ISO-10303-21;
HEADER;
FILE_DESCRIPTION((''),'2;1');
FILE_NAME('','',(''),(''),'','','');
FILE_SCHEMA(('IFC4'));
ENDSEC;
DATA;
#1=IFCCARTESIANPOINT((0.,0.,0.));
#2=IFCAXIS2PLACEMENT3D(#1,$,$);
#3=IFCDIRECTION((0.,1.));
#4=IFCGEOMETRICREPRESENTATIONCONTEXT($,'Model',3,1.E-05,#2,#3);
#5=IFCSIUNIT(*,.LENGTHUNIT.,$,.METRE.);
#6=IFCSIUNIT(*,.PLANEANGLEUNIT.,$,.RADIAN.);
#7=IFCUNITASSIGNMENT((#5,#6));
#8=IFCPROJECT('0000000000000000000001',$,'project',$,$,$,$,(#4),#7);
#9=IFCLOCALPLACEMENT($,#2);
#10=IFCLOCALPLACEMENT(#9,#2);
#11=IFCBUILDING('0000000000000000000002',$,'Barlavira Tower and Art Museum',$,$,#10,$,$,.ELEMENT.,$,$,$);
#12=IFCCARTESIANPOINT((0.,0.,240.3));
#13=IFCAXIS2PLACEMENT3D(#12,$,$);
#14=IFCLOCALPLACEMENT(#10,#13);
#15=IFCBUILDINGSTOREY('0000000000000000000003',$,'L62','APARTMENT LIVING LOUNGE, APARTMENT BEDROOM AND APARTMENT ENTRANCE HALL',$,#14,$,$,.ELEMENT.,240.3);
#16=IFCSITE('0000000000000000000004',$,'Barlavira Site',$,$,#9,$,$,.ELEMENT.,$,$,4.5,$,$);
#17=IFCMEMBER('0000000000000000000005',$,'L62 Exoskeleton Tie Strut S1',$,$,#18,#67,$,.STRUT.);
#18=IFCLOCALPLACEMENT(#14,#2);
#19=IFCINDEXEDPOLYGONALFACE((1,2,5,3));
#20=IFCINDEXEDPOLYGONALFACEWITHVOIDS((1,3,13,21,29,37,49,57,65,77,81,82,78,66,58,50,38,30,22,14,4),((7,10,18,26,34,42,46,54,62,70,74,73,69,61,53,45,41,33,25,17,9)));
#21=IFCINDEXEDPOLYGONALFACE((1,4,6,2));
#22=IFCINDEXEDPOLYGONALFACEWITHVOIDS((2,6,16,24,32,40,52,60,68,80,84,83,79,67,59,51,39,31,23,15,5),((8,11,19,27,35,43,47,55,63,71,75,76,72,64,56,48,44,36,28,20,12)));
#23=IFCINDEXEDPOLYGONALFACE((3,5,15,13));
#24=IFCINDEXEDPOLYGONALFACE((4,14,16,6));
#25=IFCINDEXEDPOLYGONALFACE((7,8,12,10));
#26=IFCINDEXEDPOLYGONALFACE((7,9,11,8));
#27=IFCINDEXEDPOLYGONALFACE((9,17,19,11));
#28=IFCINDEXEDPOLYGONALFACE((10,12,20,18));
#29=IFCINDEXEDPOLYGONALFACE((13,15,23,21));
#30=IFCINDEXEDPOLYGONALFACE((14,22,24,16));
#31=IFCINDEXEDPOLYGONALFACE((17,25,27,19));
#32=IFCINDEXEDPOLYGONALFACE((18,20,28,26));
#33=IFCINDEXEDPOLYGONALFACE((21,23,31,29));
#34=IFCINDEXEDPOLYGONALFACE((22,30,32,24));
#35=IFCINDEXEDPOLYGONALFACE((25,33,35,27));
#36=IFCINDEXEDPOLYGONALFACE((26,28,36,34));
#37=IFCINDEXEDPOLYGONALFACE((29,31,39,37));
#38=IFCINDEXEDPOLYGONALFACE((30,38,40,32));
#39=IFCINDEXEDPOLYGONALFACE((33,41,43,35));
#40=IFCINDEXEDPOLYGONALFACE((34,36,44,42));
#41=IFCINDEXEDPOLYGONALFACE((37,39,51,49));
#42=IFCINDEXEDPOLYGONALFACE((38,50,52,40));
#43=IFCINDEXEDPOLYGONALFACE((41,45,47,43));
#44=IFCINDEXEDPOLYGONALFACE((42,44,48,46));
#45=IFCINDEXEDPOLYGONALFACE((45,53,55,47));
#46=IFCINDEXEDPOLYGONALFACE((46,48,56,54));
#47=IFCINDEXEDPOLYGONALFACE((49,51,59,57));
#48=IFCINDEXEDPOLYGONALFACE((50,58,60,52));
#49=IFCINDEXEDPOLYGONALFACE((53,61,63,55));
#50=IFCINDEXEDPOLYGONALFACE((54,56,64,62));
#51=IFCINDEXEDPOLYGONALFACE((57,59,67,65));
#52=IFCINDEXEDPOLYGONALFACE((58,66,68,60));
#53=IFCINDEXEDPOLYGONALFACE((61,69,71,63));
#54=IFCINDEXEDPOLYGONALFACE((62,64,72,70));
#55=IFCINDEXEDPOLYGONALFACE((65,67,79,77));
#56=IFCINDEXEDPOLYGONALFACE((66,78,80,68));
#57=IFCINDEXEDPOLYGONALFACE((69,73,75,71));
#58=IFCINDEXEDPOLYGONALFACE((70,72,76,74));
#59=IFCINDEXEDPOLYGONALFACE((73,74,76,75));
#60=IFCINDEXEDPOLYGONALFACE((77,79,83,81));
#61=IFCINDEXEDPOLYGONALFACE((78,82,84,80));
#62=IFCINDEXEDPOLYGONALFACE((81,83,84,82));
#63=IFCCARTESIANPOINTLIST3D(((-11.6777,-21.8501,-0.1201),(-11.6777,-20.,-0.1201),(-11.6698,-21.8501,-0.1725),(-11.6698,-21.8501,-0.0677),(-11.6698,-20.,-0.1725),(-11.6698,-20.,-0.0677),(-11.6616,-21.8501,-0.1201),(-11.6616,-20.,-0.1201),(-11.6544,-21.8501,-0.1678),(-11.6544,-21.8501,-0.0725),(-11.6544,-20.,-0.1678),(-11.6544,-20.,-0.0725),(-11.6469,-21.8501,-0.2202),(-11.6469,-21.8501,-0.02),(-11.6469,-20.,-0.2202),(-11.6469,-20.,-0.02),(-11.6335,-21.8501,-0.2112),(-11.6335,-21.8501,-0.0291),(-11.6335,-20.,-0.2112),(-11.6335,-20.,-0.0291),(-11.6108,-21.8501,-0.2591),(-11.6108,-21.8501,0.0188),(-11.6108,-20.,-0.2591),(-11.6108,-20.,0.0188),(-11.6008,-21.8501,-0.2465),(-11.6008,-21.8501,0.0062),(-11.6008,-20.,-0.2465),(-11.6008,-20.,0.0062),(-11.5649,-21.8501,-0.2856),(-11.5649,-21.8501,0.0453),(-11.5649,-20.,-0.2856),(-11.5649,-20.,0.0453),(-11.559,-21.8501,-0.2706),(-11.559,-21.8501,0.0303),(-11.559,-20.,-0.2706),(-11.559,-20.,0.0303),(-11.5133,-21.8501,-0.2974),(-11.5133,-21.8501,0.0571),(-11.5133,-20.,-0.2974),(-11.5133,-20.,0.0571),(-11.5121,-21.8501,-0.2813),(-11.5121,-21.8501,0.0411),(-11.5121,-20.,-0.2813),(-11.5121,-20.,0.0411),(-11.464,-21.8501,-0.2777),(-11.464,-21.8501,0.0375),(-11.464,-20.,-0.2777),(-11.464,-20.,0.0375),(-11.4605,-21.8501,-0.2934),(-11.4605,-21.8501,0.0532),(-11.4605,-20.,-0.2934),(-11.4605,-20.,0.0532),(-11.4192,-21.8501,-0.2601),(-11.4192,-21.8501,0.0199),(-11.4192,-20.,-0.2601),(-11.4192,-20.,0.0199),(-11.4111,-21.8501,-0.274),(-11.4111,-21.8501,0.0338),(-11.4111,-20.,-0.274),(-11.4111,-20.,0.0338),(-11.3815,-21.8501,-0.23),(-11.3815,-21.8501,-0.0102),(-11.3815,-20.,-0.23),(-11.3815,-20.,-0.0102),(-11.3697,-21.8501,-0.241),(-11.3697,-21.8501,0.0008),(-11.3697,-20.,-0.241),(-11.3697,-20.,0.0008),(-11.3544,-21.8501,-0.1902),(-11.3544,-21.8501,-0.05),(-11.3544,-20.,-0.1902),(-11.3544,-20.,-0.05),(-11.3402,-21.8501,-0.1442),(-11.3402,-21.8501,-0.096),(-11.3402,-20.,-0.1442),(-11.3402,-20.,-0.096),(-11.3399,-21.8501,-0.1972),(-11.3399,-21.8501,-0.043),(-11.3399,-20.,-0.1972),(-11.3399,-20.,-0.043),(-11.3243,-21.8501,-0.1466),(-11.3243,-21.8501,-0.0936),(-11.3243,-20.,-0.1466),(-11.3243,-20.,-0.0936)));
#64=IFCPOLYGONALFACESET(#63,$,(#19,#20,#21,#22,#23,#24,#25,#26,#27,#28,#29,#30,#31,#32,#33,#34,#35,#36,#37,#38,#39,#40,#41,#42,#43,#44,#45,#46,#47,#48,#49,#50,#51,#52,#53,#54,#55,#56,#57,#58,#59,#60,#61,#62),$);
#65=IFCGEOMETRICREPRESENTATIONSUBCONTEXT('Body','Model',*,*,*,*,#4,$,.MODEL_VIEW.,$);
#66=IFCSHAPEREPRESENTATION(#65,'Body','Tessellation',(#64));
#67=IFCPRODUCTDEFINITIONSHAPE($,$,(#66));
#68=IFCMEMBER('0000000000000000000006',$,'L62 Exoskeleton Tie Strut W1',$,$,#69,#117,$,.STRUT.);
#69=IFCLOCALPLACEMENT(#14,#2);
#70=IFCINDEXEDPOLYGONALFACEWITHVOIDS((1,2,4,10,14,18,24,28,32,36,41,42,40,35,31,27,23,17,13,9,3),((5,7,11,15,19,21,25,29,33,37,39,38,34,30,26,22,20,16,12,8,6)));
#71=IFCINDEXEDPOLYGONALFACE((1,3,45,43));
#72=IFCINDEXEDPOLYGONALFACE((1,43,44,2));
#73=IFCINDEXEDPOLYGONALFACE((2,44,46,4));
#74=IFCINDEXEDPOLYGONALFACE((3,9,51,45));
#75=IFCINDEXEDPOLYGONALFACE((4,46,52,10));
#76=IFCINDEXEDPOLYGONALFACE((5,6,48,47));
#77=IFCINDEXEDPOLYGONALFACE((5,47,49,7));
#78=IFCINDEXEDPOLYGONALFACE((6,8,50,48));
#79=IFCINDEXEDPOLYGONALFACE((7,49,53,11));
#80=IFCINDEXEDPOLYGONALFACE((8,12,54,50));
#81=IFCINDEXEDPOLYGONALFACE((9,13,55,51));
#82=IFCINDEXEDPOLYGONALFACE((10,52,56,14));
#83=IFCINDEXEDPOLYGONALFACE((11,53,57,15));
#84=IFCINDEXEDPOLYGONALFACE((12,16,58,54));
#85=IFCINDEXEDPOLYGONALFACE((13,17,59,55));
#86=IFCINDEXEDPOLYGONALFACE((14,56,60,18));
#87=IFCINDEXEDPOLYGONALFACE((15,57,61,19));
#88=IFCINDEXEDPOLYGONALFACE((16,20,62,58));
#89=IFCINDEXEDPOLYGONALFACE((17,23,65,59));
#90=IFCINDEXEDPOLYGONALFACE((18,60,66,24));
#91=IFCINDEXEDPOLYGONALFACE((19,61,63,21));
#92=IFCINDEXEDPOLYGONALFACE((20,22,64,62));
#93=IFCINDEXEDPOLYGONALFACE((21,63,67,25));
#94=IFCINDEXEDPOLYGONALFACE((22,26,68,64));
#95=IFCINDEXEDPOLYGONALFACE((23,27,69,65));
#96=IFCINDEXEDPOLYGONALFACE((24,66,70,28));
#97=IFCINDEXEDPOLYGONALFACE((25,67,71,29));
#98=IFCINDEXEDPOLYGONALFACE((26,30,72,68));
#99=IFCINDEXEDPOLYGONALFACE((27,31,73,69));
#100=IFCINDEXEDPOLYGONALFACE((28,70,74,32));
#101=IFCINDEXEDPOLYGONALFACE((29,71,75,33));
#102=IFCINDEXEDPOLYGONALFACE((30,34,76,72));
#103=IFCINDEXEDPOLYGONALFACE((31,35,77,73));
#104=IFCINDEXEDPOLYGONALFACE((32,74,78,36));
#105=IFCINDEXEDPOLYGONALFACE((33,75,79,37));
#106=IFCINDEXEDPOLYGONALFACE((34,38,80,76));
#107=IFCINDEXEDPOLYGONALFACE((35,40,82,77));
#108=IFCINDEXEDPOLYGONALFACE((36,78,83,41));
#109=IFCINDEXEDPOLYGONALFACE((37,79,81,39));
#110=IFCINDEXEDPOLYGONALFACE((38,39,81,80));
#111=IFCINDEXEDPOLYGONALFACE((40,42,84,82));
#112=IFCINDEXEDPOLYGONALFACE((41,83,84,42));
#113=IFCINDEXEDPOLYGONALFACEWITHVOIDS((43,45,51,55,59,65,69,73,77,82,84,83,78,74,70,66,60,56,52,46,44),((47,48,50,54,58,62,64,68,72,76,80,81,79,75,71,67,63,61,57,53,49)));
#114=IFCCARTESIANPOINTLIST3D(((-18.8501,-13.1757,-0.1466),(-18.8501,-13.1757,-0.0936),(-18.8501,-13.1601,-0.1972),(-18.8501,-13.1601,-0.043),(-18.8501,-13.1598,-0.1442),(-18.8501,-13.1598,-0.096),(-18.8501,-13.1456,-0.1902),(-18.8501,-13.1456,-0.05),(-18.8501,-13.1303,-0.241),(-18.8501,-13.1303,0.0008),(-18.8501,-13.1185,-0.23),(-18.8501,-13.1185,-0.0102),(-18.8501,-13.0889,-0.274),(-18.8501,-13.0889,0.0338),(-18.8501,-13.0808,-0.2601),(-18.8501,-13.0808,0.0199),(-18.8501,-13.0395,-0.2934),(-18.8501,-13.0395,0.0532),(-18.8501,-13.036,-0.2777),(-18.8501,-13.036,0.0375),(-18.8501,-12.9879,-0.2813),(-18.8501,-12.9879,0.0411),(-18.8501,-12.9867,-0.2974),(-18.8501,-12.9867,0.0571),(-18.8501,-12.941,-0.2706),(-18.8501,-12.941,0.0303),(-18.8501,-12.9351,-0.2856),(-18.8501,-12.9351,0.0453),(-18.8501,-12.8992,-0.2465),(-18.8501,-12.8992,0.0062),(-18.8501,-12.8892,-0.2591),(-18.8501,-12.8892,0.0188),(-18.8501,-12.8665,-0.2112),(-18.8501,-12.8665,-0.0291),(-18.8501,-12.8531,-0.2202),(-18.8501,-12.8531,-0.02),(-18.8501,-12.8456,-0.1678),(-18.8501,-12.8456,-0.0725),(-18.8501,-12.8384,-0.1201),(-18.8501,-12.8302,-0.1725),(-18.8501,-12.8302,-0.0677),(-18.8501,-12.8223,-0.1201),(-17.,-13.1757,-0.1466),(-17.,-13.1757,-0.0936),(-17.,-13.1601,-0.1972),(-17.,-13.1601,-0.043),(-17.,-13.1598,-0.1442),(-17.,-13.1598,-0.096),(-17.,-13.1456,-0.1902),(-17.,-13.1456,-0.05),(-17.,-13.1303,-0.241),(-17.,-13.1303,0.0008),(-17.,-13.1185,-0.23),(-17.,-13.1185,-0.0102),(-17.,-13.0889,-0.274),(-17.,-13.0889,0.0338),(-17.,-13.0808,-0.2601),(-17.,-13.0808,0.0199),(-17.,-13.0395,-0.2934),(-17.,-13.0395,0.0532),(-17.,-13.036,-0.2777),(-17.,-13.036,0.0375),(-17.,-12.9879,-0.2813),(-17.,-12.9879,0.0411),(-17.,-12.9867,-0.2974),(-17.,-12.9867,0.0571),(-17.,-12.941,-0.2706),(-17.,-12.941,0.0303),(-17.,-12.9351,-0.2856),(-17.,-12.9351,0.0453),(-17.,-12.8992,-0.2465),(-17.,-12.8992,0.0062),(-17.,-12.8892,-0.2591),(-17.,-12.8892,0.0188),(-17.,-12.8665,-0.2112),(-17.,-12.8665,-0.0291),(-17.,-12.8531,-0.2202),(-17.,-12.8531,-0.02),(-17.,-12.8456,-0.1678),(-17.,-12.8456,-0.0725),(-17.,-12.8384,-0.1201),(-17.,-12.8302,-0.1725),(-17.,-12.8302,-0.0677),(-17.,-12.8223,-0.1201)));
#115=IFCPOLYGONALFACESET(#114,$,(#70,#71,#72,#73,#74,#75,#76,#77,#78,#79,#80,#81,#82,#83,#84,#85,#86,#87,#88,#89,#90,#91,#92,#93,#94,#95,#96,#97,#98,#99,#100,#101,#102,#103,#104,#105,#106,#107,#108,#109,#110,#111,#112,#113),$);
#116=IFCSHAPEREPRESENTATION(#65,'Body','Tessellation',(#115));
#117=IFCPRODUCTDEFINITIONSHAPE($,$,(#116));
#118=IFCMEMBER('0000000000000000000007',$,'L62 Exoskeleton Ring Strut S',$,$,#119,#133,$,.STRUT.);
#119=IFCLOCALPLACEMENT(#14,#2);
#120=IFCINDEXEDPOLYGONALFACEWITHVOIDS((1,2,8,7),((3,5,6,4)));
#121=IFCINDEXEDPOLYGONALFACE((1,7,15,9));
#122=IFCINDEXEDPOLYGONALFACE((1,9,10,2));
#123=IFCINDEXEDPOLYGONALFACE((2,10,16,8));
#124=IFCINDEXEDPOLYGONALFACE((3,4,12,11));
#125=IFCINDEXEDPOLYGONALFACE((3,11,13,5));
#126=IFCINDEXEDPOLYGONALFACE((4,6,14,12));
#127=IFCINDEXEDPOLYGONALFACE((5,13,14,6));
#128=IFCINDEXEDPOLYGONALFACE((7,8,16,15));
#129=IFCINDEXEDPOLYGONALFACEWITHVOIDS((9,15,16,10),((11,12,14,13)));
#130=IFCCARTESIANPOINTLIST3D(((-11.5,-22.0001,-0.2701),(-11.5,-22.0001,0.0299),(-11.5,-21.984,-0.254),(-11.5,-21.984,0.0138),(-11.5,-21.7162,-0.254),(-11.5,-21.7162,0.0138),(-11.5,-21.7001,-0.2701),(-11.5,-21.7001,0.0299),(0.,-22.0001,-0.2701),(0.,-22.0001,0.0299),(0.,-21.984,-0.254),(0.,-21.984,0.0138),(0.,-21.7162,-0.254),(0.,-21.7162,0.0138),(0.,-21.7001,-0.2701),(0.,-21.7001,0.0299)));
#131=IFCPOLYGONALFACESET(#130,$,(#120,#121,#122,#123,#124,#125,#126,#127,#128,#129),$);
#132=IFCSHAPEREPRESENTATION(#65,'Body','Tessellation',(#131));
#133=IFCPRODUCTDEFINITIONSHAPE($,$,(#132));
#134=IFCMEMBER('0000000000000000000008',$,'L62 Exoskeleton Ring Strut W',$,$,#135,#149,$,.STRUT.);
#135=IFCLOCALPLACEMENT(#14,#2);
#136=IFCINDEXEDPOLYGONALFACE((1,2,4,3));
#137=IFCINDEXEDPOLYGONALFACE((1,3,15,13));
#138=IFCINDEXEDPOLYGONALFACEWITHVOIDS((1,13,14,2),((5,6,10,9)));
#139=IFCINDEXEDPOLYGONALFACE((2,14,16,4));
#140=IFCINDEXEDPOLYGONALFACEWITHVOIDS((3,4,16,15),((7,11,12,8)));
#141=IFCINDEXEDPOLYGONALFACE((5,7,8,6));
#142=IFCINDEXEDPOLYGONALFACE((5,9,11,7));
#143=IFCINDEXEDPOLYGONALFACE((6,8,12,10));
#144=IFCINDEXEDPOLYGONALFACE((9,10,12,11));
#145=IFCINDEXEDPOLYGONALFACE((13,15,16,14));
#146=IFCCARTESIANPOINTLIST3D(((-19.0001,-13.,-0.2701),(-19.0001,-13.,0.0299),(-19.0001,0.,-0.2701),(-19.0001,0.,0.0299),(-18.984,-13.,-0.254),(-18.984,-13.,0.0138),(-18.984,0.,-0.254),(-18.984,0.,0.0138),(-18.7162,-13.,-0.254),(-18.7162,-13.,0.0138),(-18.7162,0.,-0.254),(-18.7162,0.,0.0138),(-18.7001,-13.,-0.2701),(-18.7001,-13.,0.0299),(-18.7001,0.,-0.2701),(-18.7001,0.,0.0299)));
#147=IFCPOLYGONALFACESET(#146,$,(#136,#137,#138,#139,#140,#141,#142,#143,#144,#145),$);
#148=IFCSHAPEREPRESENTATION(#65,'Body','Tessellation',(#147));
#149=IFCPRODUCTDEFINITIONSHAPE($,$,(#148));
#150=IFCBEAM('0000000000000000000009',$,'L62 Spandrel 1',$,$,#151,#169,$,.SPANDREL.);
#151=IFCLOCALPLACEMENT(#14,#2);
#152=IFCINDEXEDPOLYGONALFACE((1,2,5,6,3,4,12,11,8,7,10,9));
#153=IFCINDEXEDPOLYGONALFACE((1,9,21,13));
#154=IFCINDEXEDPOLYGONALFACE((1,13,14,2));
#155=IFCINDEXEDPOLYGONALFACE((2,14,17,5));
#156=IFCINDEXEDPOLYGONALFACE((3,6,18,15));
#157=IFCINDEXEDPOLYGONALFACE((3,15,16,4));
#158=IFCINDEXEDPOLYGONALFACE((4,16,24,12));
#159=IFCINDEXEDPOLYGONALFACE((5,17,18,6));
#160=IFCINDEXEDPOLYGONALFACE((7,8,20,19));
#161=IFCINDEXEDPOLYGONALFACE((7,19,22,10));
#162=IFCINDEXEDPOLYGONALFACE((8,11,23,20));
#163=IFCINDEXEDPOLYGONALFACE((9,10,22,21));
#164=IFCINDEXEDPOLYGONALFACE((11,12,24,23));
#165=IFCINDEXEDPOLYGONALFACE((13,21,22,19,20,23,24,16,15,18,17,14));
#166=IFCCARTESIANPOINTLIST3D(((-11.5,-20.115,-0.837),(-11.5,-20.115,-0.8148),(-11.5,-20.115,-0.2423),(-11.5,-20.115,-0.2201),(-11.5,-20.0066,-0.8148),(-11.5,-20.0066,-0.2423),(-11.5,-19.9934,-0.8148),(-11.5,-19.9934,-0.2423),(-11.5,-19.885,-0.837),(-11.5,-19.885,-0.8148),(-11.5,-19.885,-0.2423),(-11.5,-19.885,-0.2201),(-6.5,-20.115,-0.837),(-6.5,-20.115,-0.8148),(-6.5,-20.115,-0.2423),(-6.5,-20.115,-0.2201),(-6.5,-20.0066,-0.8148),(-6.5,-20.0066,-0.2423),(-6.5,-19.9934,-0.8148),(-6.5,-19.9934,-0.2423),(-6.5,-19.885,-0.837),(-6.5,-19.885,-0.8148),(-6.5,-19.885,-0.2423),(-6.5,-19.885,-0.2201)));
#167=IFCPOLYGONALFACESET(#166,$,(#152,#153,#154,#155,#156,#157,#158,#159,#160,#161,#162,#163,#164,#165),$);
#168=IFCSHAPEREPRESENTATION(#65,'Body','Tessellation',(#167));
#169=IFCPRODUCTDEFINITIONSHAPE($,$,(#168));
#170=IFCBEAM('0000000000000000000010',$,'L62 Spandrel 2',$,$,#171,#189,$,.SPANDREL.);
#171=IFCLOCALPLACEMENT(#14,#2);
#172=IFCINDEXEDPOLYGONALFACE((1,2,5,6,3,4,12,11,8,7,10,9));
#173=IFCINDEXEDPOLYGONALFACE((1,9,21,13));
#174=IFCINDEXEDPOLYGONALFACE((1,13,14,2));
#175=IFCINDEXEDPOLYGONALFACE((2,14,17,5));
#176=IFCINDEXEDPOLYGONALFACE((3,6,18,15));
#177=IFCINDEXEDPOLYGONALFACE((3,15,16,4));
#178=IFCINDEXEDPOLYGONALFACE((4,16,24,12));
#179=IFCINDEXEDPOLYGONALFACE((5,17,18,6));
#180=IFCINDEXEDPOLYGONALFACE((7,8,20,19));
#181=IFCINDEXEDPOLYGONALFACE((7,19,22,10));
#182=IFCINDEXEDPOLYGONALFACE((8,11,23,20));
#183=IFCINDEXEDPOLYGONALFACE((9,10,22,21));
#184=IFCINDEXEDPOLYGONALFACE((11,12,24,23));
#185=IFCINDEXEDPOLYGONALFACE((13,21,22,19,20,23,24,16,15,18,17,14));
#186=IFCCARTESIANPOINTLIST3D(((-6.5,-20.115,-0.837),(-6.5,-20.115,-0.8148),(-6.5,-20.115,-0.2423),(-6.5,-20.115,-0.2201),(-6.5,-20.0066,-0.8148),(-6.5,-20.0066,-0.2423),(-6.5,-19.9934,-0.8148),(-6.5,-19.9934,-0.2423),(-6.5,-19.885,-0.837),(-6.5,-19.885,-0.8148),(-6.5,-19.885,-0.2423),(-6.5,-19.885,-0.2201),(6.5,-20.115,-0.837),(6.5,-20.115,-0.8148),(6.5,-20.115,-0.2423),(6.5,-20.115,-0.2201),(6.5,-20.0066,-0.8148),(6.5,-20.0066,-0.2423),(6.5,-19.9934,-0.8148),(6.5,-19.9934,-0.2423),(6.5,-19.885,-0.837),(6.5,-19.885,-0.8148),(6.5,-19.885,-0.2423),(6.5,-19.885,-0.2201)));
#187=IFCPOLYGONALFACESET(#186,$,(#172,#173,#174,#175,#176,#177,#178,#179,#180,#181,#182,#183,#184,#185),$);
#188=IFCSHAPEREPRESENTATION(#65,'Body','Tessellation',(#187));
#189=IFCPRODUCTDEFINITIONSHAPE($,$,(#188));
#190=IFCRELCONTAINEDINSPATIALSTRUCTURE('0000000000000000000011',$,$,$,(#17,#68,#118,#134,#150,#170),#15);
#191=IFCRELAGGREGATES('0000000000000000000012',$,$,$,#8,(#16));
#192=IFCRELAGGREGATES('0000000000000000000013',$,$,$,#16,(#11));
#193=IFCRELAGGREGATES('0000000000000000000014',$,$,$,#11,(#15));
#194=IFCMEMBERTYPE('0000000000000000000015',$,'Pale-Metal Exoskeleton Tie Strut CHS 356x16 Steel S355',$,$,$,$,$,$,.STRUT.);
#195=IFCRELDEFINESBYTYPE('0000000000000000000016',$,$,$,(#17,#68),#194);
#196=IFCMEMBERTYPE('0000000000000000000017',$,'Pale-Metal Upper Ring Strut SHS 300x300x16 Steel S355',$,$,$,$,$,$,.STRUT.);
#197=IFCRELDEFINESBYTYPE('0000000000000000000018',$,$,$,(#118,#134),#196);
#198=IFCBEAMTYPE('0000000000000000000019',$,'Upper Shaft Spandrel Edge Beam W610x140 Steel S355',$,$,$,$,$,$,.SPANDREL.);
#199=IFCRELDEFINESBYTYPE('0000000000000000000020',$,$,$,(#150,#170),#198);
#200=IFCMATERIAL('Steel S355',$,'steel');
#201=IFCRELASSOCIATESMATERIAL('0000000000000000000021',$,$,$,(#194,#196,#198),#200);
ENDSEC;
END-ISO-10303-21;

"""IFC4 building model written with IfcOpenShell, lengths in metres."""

from ifc_helpers import new_model, si_unit, direction, frame, origin, origin_2d, place, context, subcontext, project, spatial, hollow_rectangle, hollow_circle, i_section, extrude, material, material_profile, profile_set, type_object, element, save


model = new_model("IFC4")

# Units and contexts
model_context = context("Model", 3, precision=1e-05, world=origin(), true_north=direction((0.0, 1.0)))
body_context = subcontext(model_context, "Body", "Model", "MODEL_VIEW")
ifc_project = project(units=[si_unit("LENGTHUNIT", "METRE"), si_unit("PLANEANGLEUNIT", "RADIAN")], contexts=[model_context])

# Site, building, storey
site_placement = place(None, origin())
site = spatial("IfcSite", under=ifc_project, at=site_placement, Name="Barlavira Site", CompositionType="ELEMENT", RefElevation=4.5)
building_placement = place(site_placement, origin())
building = spatial("IfcBuilding", under=site, at=building_placement, Name="Barlavira Tower and Art Museum", CompositionType="ELEMENT")
storey_placement = place(building_placement, frame((0.0, 0.0, 240.3)))
storey = spatial("IfcBuildingStorey", under=building, at=storey_placement, Name="L62", Description="APARTMENT LIVING LOUNGE, APARTMENT BEDROOM AND APARTMENT ENTRANCE HALL", CompositionType="ELEMENT", Elevation=240.3)

# Members
ifc_material_1 = material(Name="Steel S355", Category="steel")
ifc_material_profile_1 = material_profile(ifc_material_1, hollow_circle(Radius=0.1777, WallThickness=0.0161, at=origin_2d()), Name="CHS 355.6x16.0")
ifc_profile_set_1 = profile_set([ifc_material_profile_1], Name="Steel S355")
member_type_1 = type_object("IfcMemberType", Name="Pale-Metal Exoskeleton Tie Strut CHS 356x16 Steel S355", PredefinedType="STRUT", material=ifc_profile_set_1)
for number, where, z_axis, x_axis, name in (
    (1, (-11.5, -21.8501, -0.1201), (0.0, 1.0, 0.0), (-1.0, 0.0, 0.0), "L62 Exoskeleton Tie Strut S1"),
    (2, (-18.8501, -13.0, -0.1201), (1.0, 0.0, 0.0), (0.0, 1.0, 0.0), "L62 Exoskeleton Tie Strut W1"),
):
    element("IfcMember", number, at=place(storey_placement, frame(where, z_axis=z_axis, x_axis=x_axis)), inside=storey, type_object=member_type_1, Name=name, PredefinedType="STRUT", context=body_context, shape_type="SweptSolid", body=[
        extrude(hollow_circle(Radius=0.1777, WallThickness=0.0161, at=origin_2d()), origin(), (0.0, 0.0, 1.0), 1.8501),
    ])
ifc_material_profile_2 = material_profile(ifc_material_1, hollow_rectangle(XDim=0.3, YDim=0.3, WallThickness=0.0161, at=origin_2d()), Name="SHS 300x300x16.0")
ifc_profile_set_2 = profile_set([ifc_material_profile_2], Name="Steel S355")
member_type_2 = type_object("IfcMemberType", Name="Pale-Metal Upper Ring Strut SHS 300x300x16 Steel S355", PredefinedType="STRUT", material=ifc_profile_set_2)
member_1_placement = place(storey_placement, frame((-11.5, -21.8501, -0.1201), z_axis=(1.0, 0.0, 0.0), x_axis=(0.0, 1.0, 0.0)))
element("IfcMember", 3, at=member_1_placement, inside=storey, type_object=member_type_2, Name="L62 Exoskeleton Ring Strut S", PredefinedType="STRUT", context=body_context, shape_type="SweptSolid", body=[
    extrude(hollow_rectangle(XDim=0.3, YDim=0.3, WallThickness=0.0161, at=origin_2d()), origin(), (0.0, 0.0, 1.0), 11.5),
])
member_2_placement = place(storey_placement, frame((-18.8501, -13.0, -0.1201), z_axis=(0.0, 1.0, 0.0), x_axis=(-1.0, 0.0, 0.0)))
element("IfcMember", 4, at=member_2_placement, inside=storey, type_object=member_type_2, Name="L62 Exoskeleton Ring Strut W", PredefinedType="STRUT", context=body_context, shape_type="SweptSolid", body=[
    extrude(hollow_rectangle(XDim=0.3, YDim=0.3, WallThickness=0.0161, at=origin_2d()), origin(), (0.0, 0.0, 1.0), 13.0),
])

# Beams
ifc_material_profile_3 = material_profile(ifc_material_1, i_section(OverallWidth=0.23, OverallDepth=0.6169, WebThickness=0.0132, FlangeThickness=0.0222, at=origin_2d()), Name="W610x140.0")
ifc_profile_set_3 = profile_set([ifc_material_profile_3], Name="Steel S355")
beam_type_1 = type_object("IfcBeamType", Name="Upper Shaft Spandrel Edge Beam W610x140 Steel S355", PredefinedType="SPANDREL", material=ifc_profile_set_3)
beam_1_placement = place(storey_placement, frame((-11.5, -20.0, -0.5286), z_axis=(1.0, 0.0, 0.0), x_axis=(0.0, 1.0, 0.0)))
element("IfcBeam", 5, at=beam_1_placement, inside=storey, type_object=beam_type_1, Name="L62 Spandrel 1", PredefinedType="SPANDREL", context=body_context, shape_type="SweptSolid", body=[
    extrude(i_section(OverallWidth=0.23, OverallDepth=0.6169, WebThickness=0.0132, FlangeThickness=0.0222, at=origin_2d()), origin(), (0.0, 0.0, 1.0), 5.0),
])
beam_2_placement = place(storey_placement, frame((-6.5, -20.0, -0.5286), z_axis=(1.0, 0.0, 0.0), x_axis=(0.0, 1.0, 0.0)))
element("IfcBeam", 6, at=beam_2_placement, inside=storey, type_object=beam_type_1, Name="L62 Spandrel 2", PredefinedType="SPANDREL", context=body_context, shape_type="SweptSolid", body=[
    extrude(i_section(OverallWidth=0.23, OverallDepth=0.6169, WebThickness=0.0132, FlangeThickness=0.0222, at=origin_2d()), origin(), (0.0, 0.0, 1.0), 13.0),
])

save(model, "model.ifc")
